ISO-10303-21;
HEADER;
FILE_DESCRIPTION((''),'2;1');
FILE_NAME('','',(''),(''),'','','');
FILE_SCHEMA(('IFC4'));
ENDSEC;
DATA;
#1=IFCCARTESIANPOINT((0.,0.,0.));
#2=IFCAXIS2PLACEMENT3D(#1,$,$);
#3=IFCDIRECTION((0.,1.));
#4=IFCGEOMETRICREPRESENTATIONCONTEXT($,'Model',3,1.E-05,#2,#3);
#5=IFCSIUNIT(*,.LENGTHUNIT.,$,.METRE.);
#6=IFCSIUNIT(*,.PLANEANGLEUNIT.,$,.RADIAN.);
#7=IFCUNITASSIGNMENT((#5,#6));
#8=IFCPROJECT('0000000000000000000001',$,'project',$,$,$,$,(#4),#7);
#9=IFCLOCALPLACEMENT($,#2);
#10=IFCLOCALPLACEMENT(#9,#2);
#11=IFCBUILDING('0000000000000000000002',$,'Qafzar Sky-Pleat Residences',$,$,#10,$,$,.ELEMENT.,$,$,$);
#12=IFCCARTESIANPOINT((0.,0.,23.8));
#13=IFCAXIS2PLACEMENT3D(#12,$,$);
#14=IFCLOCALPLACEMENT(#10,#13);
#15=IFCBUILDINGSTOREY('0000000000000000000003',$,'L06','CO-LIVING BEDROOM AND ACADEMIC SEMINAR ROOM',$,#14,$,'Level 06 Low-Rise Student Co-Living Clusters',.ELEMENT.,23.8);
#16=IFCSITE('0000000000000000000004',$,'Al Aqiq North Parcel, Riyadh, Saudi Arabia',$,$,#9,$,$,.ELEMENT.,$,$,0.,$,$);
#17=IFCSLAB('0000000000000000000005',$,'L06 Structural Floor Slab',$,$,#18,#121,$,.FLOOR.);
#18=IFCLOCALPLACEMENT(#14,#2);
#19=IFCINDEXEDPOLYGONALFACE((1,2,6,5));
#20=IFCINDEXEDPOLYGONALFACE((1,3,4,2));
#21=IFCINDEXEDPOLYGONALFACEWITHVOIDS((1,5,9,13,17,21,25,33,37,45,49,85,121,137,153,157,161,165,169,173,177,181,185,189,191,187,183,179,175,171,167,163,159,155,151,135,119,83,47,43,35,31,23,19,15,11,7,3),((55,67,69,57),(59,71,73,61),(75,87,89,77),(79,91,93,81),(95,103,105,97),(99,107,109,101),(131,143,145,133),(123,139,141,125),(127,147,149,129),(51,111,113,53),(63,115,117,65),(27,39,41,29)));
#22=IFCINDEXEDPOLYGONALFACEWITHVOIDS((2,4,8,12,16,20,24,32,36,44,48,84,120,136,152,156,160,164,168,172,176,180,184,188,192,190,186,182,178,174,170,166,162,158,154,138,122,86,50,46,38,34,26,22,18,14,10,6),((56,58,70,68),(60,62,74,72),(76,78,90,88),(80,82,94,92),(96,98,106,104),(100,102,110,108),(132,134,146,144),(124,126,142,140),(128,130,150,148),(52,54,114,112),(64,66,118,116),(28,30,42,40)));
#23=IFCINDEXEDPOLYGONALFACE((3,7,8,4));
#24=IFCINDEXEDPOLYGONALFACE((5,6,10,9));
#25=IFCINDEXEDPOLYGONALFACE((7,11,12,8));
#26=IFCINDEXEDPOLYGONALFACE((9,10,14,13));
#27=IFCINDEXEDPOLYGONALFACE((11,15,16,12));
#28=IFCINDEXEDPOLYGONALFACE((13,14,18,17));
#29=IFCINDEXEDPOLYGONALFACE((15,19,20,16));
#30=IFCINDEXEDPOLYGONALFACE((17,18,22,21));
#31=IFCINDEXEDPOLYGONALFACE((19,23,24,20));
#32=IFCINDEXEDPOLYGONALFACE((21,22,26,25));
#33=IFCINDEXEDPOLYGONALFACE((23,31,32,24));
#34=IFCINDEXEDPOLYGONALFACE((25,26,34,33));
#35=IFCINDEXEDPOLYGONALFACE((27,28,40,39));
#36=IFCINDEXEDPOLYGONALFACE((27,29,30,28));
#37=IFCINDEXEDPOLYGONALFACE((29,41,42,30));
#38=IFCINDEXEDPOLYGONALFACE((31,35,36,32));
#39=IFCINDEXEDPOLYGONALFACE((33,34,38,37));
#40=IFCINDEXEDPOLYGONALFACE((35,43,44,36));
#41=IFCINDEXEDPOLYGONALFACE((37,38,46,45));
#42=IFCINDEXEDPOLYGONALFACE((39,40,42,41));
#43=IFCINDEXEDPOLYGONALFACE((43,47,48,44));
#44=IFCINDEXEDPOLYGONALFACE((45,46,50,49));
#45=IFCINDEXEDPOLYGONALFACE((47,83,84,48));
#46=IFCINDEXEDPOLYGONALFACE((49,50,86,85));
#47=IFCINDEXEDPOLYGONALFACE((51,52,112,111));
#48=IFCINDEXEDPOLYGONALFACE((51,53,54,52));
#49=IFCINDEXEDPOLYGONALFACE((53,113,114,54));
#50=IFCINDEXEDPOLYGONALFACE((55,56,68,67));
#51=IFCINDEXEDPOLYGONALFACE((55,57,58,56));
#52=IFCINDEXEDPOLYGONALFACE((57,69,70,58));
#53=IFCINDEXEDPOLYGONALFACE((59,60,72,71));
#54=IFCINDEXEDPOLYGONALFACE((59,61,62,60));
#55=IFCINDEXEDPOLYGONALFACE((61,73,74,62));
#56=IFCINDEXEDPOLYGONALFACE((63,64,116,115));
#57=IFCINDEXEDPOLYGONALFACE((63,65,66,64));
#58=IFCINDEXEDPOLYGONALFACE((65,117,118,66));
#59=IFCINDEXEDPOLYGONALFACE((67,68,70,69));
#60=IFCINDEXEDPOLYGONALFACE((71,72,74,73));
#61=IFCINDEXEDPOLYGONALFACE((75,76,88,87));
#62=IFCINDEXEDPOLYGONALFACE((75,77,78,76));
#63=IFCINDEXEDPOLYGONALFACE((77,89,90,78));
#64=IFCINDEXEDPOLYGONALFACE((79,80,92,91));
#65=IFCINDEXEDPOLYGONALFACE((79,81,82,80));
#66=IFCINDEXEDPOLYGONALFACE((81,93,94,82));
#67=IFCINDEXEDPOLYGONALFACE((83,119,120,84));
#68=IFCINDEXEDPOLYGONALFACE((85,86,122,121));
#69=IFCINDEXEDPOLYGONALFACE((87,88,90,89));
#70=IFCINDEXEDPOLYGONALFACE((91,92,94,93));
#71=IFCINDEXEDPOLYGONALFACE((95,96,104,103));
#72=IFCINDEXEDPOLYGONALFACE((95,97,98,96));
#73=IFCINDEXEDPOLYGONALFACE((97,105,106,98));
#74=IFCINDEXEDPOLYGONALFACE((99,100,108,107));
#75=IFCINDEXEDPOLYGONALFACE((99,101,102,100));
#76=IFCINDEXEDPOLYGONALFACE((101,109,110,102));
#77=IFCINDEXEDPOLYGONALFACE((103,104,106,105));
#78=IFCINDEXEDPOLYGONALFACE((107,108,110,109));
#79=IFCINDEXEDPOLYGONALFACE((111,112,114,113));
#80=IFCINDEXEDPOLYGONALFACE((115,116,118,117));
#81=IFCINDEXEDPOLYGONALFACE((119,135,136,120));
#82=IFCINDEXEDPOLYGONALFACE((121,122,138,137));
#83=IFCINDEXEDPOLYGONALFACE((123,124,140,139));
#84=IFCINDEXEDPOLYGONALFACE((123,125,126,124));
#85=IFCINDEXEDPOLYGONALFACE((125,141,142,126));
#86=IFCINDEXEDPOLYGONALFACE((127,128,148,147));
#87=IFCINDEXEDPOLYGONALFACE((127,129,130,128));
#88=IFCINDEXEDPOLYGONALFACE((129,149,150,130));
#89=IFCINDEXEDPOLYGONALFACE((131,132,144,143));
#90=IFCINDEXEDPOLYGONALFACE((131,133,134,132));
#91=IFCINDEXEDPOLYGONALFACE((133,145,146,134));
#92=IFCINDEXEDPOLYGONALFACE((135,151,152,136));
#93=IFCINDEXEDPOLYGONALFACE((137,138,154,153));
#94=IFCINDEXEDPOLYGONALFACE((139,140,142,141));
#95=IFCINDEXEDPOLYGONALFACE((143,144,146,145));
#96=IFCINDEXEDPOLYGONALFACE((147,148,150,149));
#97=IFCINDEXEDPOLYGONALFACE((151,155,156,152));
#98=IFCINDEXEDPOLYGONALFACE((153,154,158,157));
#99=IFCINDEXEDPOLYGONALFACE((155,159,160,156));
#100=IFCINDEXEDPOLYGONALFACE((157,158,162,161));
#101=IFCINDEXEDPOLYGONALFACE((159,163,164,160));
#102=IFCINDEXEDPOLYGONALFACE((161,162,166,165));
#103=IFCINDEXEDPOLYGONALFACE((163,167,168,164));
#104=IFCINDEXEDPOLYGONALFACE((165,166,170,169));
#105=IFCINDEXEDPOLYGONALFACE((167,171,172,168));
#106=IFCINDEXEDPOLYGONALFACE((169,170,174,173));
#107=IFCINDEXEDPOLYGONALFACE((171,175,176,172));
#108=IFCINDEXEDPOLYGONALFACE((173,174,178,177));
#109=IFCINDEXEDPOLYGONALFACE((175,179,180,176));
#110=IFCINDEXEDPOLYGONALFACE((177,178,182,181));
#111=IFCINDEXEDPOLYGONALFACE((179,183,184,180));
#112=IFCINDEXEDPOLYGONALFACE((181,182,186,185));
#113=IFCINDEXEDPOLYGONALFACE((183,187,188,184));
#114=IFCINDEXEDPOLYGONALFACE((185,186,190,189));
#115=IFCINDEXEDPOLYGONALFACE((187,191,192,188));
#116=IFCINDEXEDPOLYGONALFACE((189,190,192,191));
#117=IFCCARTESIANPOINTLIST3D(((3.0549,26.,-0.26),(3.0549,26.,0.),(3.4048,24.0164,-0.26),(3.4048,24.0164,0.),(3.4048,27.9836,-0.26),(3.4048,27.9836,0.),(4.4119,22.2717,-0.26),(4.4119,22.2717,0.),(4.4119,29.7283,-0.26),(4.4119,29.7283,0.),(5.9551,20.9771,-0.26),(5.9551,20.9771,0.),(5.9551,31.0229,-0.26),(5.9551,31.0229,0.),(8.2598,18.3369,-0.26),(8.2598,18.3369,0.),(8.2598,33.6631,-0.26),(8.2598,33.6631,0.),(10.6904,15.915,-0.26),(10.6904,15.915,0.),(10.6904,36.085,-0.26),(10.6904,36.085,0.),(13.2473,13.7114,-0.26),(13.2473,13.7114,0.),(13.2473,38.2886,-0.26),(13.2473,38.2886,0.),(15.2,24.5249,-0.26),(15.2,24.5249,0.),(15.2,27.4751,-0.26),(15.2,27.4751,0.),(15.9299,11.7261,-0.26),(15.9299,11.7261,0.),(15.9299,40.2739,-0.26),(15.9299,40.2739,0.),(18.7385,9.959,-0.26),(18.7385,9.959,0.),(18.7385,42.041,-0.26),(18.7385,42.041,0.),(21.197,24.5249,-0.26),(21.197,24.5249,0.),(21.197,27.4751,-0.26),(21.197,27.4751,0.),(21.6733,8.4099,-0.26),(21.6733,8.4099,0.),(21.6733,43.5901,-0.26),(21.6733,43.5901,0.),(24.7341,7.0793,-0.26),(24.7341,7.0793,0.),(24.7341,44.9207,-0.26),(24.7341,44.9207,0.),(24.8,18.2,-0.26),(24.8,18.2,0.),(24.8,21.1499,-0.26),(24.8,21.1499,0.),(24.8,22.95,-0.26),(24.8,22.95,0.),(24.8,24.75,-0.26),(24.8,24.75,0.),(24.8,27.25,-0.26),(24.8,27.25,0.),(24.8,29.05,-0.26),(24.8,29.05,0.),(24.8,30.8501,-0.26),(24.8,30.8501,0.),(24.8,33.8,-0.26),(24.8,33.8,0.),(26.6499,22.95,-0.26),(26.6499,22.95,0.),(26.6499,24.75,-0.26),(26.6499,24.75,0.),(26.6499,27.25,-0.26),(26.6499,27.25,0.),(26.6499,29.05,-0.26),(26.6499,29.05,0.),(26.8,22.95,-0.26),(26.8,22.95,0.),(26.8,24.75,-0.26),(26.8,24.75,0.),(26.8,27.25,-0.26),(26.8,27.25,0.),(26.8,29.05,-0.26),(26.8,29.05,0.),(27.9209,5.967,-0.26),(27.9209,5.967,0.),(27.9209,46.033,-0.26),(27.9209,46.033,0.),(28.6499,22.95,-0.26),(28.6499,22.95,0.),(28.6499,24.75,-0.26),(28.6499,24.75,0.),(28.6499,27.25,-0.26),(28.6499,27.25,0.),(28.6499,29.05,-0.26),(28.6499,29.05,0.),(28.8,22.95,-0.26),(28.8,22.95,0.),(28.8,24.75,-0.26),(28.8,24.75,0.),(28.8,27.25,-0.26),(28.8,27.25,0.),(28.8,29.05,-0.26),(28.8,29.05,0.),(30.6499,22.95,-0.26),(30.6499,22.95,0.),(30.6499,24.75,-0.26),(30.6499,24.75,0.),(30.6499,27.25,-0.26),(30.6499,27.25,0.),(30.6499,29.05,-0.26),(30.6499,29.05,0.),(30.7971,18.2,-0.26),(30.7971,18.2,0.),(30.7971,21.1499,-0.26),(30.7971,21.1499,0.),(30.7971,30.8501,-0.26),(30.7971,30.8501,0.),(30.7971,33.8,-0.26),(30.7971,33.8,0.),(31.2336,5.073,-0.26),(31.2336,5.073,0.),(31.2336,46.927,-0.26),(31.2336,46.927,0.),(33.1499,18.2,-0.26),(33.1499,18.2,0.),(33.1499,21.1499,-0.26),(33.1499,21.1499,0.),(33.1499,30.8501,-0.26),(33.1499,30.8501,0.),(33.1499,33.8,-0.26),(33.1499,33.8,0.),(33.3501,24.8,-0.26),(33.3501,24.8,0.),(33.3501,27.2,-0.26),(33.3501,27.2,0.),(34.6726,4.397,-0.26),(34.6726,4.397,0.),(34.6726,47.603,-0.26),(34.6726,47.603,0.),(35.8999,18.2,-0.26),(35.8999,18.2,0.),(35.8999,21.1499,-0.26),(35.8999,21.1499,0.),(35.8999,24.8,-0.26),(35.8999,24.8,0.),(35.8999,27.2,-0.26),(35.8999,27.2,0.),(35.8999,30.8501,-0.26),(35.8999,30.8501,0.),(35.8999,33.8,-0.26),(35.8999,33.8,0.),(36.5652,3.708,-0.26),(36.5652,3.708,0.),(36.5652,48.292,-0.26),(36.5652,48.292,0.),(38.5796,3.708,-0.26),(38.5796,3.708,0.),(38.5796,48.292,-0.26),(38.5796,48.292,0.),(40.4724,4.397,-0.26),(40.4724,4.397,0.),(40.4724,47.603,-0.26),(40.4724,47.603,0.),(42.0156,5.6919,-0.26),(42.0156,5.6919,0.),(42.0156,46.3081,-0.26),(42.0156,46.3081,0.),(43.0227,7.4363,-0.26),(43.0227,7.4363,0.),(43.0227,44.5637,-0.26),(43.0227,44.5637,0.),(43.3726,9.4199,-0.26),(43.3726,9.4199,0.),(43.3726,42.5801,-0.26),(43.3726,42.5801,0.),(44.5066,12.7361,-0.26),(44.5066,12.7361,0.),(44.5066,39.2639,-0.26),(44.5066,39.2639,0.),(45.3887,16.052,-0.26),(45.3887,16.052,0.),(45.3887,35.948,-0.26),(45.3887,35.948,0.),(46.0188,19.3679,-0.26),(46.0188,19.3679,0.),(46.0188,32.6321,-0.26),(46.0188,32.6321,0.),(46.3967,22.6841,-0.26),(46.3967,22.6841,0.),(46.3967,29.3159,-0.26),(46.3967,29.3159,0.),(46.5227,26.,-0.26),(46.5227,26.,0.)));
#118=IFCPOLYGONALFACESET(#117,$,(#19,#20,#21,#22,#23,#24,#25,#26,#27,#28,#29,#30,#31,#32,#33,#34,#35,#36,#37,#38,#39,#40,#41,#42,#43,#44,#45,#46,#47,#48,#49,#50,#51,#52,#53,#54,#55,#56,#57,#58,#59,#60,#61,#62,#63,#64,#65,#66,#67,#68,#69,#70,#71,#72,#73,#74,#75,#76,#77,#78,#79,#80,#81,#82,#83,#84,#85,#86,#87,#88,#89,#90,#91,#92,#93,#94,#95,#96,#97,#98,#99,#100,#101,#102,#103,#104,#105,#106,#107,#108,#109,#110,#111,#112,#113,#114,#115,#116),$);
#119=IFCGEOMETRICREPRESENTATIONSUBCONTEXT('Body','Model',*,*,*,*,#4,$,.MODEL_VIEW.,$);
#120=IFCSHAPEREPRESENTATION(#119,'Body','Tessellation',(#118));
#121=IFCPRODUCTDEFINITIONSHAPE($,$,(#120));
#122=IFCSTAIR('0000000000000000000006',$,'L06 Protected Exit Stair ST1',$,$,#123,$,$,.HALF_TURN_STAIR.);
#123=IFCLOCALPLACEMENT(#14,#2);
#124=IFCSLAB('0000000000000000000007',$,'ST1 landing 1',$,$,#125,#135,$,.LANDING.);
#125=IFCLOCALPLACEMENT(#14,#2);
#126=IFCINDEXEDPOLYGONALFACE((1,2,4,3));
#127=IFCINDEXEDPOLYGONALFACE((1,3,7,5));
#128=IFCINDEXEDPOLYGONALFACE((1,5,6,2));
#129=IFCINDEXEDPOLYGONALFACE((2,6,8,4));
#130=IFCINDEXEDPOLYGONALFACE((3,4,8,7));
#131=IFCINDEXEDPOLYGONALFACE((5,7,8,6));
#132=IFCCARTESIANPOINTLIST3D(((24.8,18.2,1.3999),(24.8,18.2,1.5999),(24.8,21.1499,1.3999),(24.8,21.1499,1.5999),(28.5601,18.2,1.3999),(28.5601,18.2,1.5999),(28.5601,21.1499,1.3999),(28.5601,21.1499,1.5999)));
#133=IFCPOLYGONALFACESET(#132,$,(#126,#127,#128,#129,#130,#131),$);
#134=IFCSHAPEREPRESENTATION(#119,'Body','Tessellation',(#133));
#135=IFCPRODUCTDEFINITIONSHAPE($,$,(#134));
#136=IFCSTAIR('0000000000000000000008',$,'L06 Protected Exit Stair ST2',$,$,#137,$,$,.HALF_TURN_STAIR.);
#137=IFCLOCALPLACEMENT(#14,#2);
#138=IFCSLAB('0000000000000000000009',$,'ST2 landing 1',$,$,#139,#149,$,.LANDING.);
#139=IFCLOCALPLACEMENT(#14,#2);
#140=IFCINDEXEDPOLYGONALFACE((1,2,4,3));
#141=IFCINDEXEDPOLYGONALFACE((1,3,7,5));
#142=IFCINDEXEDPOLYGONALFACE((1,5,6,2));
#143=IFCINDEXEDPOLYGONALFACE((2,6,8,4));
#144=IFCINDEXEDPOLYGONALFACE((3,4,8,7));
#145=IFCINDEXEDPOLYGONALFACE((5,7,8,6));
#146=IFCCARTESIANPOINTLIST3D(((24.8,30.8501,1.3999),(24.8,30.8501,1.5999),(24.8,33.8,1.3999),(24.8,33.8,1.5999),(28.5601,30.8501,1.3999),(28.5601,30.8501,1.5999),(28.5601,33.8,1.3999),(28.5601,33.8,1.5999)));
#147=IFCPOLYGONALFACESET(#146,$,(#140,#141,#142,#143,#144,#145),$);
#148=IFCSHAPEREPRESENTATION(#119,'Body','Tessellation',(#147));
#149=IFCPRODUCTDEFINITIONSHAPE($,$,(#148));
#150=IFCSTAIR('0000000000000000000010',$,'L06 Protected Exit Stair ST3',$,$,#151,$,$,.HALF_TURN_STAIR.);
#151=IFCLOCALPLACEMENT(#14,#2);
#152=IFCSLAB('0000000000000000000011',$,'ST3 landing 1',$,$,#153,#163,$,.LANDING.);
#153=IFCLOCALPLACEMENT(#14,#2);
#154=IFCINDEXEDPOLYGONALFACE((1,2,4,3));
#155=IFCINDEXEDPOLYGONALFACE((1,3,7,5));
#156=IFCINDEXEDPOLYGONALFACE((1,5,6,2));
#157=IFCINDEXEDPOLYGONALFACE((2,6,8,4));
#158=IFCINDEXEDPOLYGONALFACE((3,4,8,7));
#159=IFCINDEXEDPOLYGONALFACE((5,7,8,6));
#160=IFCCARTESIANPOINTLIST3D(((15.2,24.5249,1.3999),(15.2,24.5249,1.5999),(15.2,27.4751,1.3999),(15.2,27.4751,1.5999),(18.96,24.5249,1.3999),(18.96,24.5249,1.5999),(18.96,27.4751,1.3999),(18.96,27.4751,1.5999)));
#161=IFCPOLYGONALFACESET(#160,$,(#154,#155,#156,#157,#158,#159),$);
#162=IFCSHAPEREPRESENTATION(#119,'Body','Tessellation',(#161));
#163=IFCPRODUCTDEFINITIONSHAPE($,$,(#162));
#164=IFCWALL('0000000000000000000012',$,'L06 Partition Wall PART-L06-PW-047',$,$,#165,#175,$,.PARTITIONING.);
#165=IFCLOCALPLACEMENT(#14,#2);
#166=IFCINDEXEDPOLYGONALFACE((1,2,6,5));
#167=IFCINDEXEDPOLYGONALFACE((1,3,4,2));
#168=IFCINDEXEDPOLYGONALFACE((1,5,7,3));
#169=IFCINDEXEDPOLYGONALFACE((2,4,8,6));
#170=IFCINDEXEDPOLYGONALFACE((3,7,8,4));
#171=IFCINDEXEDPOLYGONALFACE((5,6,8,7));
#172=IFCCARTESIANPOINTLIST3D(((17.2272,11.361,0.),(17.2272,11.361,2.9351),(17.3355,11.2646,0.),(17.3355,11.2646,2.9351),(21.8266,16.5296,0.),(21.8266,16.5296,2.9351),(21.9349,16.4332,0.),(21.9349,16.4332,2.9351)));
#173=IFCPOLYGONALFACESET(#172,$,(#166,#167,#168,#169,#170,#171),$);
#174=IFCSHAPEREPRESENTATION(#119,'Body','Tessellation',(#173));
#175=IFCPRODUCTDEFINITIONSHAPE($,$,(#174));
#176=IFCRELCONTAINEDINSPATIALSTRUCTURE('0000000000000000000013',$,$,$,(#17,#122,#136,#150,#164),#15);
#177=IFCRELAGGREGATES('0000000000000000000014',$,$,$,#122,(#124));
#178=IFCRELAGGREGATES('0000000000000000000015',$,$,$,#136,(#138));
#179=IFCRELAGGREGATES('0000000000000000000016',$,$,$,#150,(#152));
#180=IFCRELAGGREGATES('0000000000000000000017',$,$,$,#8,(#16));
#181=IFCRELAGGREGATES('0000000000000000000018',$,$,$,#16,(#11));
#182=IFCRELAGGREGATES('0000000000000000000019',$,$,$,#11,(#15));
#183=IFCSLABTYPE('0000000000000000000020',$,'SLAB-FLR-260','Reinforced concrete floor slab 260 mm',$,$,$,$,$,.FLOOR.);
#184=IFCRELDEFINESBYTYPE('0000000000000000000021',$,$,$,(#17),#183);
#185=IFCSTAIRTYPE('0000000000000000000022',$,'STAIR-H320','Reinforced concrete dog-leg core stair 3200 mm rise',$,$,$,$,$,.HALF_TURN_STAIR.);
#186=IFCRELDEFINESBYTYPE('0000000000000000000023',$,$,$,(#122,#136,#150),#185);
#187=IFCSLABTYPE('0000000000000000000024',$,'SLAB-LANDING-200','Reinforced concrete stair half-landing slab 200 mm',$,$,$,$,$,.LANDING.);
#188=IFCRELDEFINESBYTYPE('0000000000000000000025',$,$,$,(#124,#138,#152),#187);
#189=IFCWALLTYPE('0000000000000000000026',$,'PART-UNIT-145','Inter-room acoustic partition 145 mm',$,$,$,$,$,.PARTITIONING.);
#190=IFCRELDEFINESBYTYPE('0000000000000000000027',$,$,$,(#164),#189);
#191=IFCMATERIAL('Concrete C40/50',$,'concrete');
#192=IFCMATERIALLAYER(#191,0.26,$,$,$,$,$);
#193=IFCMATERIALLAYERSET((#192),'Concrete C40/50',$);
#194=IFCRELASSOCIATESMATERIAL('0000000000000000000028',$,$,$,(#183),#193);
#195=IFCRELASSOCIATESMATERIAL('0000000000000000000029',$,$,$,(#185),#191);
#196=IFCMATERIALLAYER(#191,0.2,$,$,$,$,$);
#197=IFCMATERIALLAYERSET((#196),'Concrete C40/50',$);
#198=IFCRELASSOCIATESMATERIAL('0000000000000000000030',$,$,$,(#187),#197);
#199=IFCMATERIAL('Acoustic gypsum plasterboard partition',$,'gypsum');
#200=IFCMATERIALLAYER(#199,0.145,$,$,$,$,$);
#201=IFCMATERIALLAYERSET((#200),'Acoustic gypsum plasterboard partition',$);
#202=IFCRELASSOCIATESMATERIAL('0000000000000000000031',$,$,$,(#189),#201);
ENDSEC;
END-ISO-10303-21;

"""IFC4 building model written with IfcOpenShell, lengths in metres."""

from ifc_helpers import new_model, si_unit, direction, frame, frame_2d, origin, place, context, subcontext, project, spatial, polyline, rectangle, outline, extrude, material, layer, layer_set, type_object, element, aggregate, save


model = new_model("IFC4")

# Units and contexts
model_context = context("Model", 3, precision=1e-05, world=origin(), true_north=direction((0.0, 1.0)))
body_context = subcontext(model_context, "Body", "Model", "MODEL_VIEW")
ifc_project = project(units=[si_unit("LENGTHUNIT", "METRE"), si_unit("PLANEANGLEUNIT", "RADIAN")], contexts=[model_context])

# Site, building, storey
site_placement = place(None, origin())
site = spatial("IfcSite", under=ifc_project, at=site_placement, Name="Al Aqiq North Parcel, Riyadh, Saudi Arabia", CompositionType="ELEMENT", RefElevation=0.0)
building_placement = place(site_placement, origin())
building = spatial("IfcBuilding", under=site, at=building_placement, Name="Qafzar Sky-Pleat Residences", CompositionType="ELEMENT")
storey_placement = place(building_placement, frame((0.0, 0.0, 23.8)))
storey = spatial("IfcBuildingStorey", under=building, at=storey_placement, Name="L06", Description="CO-LIVING BEDROOM AND ACADEMIC SEMINAR ROOM", LongName="Level 06 Low-Rise Student Co-Living Clusters", CompositionType="ELEMENT", Elevation=23.8)

# Slab
ifc_material_1 = material(Name="Concrete C40/50", Category="concrete")
ifc_layer_1 = layer(ifc_material_1, 0.26)
ifc_layer_set_1 = layer_set([ifc_layer_1], Name="Concrete C40/50")
slab_type_1 = type_object("IfcSlabType", Name="SLAB-FLR-260", Description="Reinforced concrete floor slab 260 mm", PredefinedType="FLOOR", material=ifc_layer_set_1)
slab_1_placement = place(storey_placement, frame((0.0, 0.0, -0.26)))
element("IfcSlab", 1, at=slab_1_placement, inside=storey, type_object=slab_type_1, Name="L06 Structural Floor Slab", PredefinedType="FLOOR", context=body_context, shape_type="SweptSolid", body=[
    extrude(outline(polyline([(5.9551, 31.0229), (4.4119, 29.7283), (3.4048, 27.9836), (3.0549, 26.0), (3.4048, 24.0164), (4.4119, 22.2717), (5.9551, 20.9771), (8.2598, 18.3369), (10.6904, 15.915), (13.2473, 13.7114), (15.9299, 11.7261), (18.7385, 9.959), (21.6733, 8.4099), (24.7341, 7.0793), (27.9209, 5.967), (31.2336, 5.073), (34.6726, 4.397), (36.5652, 3.708), (38.5796, 3.708), (40.4724, 4.397), (42.0156, 5.6919), (43.0227, 7.4363), (43.3726, 9.4199), (44.5066, 12.7361), (45.3887, 16.052), (46.0188, 19.3679), (46.3967, 22.6841), (46.5227, 26.0), (46.3967, 29.3159), (46.0188, 32.6321), (45.3887, 35.948), (44.5066, 39.2639), (43.3726, 42.5801), (43.0227, 44.5637), (42.0156, 46.3081), (40.4724, 47.603), (38.5796, 48.292), (36.5652, 48.292), (34.6726, 47.603), (31.2336, 46.927), (27.9209, 46.033), (24.7341, 44.9207), (21.6733, 43.5901), (18.7385, 42.041), (15.9299, 40.2739), (13.2473, 38.2886), (10.6904, 36.085), (8.2598, 33.6631), (5.9551, 31.0229)]), holes=[polyline([(30.7971, 21.1499), (24.8, 21.1499), (24.8, 18.2), (30.7971, 18.2), (30.7971, 21.1499)]), polyline([(30.7971, 33.8), (24.8, 33.8), (24.8, 30.8501), (30.7971, 30.8501), (30.7971, 33.8)]), polyline([(21.197, 27.4751), (15.2, 27.4751), (15.2, 24.5249), (21.197, 24.5249), (21.197, 27.4751)]), polyline([(24.8, 22.95), (26.6499, 22.95), (26.6499, 24.75), (24.8, 24.75), (24.8, 22.95)]), polyline([(26.8, 22.95), (28.6499, 22.95), (28.6499, 24.75), (26.8, 24.75), (26.8, 22.95)]), polyline([(28.8, 22.95), (30.6499, 22.95), (30.6499, 24.75), (28.8, 24.75), (28.8, 22.95)]), polyline([(24.8, 27.25), (26.6499, 27.25), (26.6499, 29.05), (24.8, 29.05), (24.8, 27.25)]), polyline([(26.8, 27.25), (28.6499, 27.25), (28.6499, 29.05), (26.8, 29.05), (26.8, 27.25)]), polyline([(28.8, 27.25), (30.6499, 27.25), (30.6499, 29.05), (28.8, 29.05), (28.8, 27.25)]), polyline([(33.1499, 18.2), (35.8999, 18.2), (35.8999, 21.1499), (33.1499, 21.1499), (33.1499, 18.2)]), polyline([(33.1499, 30.8501), (35.8999, 30.8501), (35.8999, 33.8), (33.1499, 33.8), (33.1499, 30.8501)]), polyline([(33.3501, 24.8), (35.8999, 24.8), (35.8999, 27.2), (33.3501, 27.2), (33.3501, 24.8)])]), origin(), (0.0, 0.0, 1.0), 0.26),
])

# Stairs, slabs
stair_type = type_object("IfcStairType", Name="STAIR-H320", Description="Reinforced concrete dog-leg core stair 3200 mm rise", PredefinedType="HALF_TURN_STAIR", material=ifc_material_1)
stair_1_placement = place(storey_placement, origin())
stair_1 = element("IfcStair", 2, at=stair_1_placement, inside=storey, type_object=stair_type, Name="L06 Protected Exit Stair ST1", PredefinedType="HALF_TURN_STAIR")
ifc_layer_2 = layer(ifc_material_1, 0.2)
ifc_layer_set_2 = layer_set([ifc_layer_2], Name="Concrete C40/50")
slab_type_2 = type_object("IfcSlabType", Name="SLAB-LANDING-200", Description="Reinforced concrete stair half-landing slab 200 mm", PredefinedType="LANDING", material=ifc_layer_set_2)
slab_2_placement = place(storey_placement, frame((0.0, 0.0, 1.3999)))
slab_2 = element("IfcSlab", 3, at=slab_2_placement, type_object=slab_type_2, Name="ST1 landing 1", PredefinedType="LANDING", context=body_context, shape_type="SweptSolid", body=[
    extrude(outline(polyline([(28.5601, 21.1499), (24.8, 21.1499), (24.8, 18.2), (28.5601, 18.2), (28.5601, 21.1499)])), origin(), (0.0, 0.0, 1.0), 0.2),
])
aggregate(stair_1, [slab_2])
stair_2_placement = place(storey_placement, origin())
stair_2 = element("IfcStair", 4, at=stair_2_placement, inside=storey, type_object=stair_type, Name="L06 Protected Exit Stair ST2", PredefinedType="HALF_TURN_STAIR")
slab_3_placement = place(storey_placement, frame((0.0, 0.0, 1.3999)))
slab_3 = element("IfcSlab", 5, at=slab_3_placement, type_object=slab_type_2, Name="ST2 landing 1", PredefinedType="LANDING", context=body_context, shape_type="SweptSolid", body=[
    extrude(outline(polyline([(28.5601, 33.8), (24.8, 33.8), (24.8, 30.8501), (28.5601, 30.8501), (28.5601, 33.8)])), origin(), (0.0, 0.0, 1.0), 0.2),
])
aggregate(stair_2, [slab_3])
stair_3_placement = place(storey_placement, origin())
stair_3 = element("IfcStair", 6, at=stair_3_placement, inside=storey, type_object=stair_type, Name="L06 Protected Exit Stair ST3", PredefinedType="HALF_TURN_STAIR")
slab_4_placement = place(storey_placement, frame((0.0, 0.0, 1.3999)))
slab_4 = element("IfcSlab", 7, at=slab_4_placement, type_object=slab_type_2, Name="ST3 landing 1", PredefinedType="LANDING", context=body_context, shape_type="SweptSolid", body=[
    extrude(outline(polyline([(18.96, 27.4751), (15.2, 27.4751), (15.2, 24.5249), (18.96, 24.5249), (18.96, 27.4751)])), origin(), (0.0, 0.0, 1.0), 0.2),
])
aggregate(stair_3, [slab_4])

# Wall
ifc_material_2 = material(Name="Acoustic gypsum plasterboard partition", Category="gypsum")
ifc_layer_3 = layer(ifc_material_2, 0.145)
ifc_layer_set_3 = layer_set([ifc_layer_3], Name="Acoustic gypsum plasterboard partition")
wall_type_1 = type_object("IfcWallType", Name="PART-UNIT-145", Description="Inter-room acoustic partition 145 mm", PredefinedType="PARTITIONING", material=ifc_layer_set_3)
wall_1_placement = place(storey_placement, frame((17.2812, 11.3127, 0.0), z_axis=(0.0, 0.0, 1.0), x_axis=(0.664782, 0.747037, 0.0)))
element("IfcWall", 8, at=wall_1_placement, inside=storey, type_object=wall_type_1, Name="L06 Partition Wall PART-L06-PW-047", PredefinedType="PARTITIONING", context=body_context, shape_type="SweptSolid", body=[
    extrude(rectangle(XDim=6.9187, YDim=0.145, at=frame_2d((3.4595, 0.0))), origin(), (0.0, 0.0, 1.0), 2.9351),
])

save(model, "model.ifc")
